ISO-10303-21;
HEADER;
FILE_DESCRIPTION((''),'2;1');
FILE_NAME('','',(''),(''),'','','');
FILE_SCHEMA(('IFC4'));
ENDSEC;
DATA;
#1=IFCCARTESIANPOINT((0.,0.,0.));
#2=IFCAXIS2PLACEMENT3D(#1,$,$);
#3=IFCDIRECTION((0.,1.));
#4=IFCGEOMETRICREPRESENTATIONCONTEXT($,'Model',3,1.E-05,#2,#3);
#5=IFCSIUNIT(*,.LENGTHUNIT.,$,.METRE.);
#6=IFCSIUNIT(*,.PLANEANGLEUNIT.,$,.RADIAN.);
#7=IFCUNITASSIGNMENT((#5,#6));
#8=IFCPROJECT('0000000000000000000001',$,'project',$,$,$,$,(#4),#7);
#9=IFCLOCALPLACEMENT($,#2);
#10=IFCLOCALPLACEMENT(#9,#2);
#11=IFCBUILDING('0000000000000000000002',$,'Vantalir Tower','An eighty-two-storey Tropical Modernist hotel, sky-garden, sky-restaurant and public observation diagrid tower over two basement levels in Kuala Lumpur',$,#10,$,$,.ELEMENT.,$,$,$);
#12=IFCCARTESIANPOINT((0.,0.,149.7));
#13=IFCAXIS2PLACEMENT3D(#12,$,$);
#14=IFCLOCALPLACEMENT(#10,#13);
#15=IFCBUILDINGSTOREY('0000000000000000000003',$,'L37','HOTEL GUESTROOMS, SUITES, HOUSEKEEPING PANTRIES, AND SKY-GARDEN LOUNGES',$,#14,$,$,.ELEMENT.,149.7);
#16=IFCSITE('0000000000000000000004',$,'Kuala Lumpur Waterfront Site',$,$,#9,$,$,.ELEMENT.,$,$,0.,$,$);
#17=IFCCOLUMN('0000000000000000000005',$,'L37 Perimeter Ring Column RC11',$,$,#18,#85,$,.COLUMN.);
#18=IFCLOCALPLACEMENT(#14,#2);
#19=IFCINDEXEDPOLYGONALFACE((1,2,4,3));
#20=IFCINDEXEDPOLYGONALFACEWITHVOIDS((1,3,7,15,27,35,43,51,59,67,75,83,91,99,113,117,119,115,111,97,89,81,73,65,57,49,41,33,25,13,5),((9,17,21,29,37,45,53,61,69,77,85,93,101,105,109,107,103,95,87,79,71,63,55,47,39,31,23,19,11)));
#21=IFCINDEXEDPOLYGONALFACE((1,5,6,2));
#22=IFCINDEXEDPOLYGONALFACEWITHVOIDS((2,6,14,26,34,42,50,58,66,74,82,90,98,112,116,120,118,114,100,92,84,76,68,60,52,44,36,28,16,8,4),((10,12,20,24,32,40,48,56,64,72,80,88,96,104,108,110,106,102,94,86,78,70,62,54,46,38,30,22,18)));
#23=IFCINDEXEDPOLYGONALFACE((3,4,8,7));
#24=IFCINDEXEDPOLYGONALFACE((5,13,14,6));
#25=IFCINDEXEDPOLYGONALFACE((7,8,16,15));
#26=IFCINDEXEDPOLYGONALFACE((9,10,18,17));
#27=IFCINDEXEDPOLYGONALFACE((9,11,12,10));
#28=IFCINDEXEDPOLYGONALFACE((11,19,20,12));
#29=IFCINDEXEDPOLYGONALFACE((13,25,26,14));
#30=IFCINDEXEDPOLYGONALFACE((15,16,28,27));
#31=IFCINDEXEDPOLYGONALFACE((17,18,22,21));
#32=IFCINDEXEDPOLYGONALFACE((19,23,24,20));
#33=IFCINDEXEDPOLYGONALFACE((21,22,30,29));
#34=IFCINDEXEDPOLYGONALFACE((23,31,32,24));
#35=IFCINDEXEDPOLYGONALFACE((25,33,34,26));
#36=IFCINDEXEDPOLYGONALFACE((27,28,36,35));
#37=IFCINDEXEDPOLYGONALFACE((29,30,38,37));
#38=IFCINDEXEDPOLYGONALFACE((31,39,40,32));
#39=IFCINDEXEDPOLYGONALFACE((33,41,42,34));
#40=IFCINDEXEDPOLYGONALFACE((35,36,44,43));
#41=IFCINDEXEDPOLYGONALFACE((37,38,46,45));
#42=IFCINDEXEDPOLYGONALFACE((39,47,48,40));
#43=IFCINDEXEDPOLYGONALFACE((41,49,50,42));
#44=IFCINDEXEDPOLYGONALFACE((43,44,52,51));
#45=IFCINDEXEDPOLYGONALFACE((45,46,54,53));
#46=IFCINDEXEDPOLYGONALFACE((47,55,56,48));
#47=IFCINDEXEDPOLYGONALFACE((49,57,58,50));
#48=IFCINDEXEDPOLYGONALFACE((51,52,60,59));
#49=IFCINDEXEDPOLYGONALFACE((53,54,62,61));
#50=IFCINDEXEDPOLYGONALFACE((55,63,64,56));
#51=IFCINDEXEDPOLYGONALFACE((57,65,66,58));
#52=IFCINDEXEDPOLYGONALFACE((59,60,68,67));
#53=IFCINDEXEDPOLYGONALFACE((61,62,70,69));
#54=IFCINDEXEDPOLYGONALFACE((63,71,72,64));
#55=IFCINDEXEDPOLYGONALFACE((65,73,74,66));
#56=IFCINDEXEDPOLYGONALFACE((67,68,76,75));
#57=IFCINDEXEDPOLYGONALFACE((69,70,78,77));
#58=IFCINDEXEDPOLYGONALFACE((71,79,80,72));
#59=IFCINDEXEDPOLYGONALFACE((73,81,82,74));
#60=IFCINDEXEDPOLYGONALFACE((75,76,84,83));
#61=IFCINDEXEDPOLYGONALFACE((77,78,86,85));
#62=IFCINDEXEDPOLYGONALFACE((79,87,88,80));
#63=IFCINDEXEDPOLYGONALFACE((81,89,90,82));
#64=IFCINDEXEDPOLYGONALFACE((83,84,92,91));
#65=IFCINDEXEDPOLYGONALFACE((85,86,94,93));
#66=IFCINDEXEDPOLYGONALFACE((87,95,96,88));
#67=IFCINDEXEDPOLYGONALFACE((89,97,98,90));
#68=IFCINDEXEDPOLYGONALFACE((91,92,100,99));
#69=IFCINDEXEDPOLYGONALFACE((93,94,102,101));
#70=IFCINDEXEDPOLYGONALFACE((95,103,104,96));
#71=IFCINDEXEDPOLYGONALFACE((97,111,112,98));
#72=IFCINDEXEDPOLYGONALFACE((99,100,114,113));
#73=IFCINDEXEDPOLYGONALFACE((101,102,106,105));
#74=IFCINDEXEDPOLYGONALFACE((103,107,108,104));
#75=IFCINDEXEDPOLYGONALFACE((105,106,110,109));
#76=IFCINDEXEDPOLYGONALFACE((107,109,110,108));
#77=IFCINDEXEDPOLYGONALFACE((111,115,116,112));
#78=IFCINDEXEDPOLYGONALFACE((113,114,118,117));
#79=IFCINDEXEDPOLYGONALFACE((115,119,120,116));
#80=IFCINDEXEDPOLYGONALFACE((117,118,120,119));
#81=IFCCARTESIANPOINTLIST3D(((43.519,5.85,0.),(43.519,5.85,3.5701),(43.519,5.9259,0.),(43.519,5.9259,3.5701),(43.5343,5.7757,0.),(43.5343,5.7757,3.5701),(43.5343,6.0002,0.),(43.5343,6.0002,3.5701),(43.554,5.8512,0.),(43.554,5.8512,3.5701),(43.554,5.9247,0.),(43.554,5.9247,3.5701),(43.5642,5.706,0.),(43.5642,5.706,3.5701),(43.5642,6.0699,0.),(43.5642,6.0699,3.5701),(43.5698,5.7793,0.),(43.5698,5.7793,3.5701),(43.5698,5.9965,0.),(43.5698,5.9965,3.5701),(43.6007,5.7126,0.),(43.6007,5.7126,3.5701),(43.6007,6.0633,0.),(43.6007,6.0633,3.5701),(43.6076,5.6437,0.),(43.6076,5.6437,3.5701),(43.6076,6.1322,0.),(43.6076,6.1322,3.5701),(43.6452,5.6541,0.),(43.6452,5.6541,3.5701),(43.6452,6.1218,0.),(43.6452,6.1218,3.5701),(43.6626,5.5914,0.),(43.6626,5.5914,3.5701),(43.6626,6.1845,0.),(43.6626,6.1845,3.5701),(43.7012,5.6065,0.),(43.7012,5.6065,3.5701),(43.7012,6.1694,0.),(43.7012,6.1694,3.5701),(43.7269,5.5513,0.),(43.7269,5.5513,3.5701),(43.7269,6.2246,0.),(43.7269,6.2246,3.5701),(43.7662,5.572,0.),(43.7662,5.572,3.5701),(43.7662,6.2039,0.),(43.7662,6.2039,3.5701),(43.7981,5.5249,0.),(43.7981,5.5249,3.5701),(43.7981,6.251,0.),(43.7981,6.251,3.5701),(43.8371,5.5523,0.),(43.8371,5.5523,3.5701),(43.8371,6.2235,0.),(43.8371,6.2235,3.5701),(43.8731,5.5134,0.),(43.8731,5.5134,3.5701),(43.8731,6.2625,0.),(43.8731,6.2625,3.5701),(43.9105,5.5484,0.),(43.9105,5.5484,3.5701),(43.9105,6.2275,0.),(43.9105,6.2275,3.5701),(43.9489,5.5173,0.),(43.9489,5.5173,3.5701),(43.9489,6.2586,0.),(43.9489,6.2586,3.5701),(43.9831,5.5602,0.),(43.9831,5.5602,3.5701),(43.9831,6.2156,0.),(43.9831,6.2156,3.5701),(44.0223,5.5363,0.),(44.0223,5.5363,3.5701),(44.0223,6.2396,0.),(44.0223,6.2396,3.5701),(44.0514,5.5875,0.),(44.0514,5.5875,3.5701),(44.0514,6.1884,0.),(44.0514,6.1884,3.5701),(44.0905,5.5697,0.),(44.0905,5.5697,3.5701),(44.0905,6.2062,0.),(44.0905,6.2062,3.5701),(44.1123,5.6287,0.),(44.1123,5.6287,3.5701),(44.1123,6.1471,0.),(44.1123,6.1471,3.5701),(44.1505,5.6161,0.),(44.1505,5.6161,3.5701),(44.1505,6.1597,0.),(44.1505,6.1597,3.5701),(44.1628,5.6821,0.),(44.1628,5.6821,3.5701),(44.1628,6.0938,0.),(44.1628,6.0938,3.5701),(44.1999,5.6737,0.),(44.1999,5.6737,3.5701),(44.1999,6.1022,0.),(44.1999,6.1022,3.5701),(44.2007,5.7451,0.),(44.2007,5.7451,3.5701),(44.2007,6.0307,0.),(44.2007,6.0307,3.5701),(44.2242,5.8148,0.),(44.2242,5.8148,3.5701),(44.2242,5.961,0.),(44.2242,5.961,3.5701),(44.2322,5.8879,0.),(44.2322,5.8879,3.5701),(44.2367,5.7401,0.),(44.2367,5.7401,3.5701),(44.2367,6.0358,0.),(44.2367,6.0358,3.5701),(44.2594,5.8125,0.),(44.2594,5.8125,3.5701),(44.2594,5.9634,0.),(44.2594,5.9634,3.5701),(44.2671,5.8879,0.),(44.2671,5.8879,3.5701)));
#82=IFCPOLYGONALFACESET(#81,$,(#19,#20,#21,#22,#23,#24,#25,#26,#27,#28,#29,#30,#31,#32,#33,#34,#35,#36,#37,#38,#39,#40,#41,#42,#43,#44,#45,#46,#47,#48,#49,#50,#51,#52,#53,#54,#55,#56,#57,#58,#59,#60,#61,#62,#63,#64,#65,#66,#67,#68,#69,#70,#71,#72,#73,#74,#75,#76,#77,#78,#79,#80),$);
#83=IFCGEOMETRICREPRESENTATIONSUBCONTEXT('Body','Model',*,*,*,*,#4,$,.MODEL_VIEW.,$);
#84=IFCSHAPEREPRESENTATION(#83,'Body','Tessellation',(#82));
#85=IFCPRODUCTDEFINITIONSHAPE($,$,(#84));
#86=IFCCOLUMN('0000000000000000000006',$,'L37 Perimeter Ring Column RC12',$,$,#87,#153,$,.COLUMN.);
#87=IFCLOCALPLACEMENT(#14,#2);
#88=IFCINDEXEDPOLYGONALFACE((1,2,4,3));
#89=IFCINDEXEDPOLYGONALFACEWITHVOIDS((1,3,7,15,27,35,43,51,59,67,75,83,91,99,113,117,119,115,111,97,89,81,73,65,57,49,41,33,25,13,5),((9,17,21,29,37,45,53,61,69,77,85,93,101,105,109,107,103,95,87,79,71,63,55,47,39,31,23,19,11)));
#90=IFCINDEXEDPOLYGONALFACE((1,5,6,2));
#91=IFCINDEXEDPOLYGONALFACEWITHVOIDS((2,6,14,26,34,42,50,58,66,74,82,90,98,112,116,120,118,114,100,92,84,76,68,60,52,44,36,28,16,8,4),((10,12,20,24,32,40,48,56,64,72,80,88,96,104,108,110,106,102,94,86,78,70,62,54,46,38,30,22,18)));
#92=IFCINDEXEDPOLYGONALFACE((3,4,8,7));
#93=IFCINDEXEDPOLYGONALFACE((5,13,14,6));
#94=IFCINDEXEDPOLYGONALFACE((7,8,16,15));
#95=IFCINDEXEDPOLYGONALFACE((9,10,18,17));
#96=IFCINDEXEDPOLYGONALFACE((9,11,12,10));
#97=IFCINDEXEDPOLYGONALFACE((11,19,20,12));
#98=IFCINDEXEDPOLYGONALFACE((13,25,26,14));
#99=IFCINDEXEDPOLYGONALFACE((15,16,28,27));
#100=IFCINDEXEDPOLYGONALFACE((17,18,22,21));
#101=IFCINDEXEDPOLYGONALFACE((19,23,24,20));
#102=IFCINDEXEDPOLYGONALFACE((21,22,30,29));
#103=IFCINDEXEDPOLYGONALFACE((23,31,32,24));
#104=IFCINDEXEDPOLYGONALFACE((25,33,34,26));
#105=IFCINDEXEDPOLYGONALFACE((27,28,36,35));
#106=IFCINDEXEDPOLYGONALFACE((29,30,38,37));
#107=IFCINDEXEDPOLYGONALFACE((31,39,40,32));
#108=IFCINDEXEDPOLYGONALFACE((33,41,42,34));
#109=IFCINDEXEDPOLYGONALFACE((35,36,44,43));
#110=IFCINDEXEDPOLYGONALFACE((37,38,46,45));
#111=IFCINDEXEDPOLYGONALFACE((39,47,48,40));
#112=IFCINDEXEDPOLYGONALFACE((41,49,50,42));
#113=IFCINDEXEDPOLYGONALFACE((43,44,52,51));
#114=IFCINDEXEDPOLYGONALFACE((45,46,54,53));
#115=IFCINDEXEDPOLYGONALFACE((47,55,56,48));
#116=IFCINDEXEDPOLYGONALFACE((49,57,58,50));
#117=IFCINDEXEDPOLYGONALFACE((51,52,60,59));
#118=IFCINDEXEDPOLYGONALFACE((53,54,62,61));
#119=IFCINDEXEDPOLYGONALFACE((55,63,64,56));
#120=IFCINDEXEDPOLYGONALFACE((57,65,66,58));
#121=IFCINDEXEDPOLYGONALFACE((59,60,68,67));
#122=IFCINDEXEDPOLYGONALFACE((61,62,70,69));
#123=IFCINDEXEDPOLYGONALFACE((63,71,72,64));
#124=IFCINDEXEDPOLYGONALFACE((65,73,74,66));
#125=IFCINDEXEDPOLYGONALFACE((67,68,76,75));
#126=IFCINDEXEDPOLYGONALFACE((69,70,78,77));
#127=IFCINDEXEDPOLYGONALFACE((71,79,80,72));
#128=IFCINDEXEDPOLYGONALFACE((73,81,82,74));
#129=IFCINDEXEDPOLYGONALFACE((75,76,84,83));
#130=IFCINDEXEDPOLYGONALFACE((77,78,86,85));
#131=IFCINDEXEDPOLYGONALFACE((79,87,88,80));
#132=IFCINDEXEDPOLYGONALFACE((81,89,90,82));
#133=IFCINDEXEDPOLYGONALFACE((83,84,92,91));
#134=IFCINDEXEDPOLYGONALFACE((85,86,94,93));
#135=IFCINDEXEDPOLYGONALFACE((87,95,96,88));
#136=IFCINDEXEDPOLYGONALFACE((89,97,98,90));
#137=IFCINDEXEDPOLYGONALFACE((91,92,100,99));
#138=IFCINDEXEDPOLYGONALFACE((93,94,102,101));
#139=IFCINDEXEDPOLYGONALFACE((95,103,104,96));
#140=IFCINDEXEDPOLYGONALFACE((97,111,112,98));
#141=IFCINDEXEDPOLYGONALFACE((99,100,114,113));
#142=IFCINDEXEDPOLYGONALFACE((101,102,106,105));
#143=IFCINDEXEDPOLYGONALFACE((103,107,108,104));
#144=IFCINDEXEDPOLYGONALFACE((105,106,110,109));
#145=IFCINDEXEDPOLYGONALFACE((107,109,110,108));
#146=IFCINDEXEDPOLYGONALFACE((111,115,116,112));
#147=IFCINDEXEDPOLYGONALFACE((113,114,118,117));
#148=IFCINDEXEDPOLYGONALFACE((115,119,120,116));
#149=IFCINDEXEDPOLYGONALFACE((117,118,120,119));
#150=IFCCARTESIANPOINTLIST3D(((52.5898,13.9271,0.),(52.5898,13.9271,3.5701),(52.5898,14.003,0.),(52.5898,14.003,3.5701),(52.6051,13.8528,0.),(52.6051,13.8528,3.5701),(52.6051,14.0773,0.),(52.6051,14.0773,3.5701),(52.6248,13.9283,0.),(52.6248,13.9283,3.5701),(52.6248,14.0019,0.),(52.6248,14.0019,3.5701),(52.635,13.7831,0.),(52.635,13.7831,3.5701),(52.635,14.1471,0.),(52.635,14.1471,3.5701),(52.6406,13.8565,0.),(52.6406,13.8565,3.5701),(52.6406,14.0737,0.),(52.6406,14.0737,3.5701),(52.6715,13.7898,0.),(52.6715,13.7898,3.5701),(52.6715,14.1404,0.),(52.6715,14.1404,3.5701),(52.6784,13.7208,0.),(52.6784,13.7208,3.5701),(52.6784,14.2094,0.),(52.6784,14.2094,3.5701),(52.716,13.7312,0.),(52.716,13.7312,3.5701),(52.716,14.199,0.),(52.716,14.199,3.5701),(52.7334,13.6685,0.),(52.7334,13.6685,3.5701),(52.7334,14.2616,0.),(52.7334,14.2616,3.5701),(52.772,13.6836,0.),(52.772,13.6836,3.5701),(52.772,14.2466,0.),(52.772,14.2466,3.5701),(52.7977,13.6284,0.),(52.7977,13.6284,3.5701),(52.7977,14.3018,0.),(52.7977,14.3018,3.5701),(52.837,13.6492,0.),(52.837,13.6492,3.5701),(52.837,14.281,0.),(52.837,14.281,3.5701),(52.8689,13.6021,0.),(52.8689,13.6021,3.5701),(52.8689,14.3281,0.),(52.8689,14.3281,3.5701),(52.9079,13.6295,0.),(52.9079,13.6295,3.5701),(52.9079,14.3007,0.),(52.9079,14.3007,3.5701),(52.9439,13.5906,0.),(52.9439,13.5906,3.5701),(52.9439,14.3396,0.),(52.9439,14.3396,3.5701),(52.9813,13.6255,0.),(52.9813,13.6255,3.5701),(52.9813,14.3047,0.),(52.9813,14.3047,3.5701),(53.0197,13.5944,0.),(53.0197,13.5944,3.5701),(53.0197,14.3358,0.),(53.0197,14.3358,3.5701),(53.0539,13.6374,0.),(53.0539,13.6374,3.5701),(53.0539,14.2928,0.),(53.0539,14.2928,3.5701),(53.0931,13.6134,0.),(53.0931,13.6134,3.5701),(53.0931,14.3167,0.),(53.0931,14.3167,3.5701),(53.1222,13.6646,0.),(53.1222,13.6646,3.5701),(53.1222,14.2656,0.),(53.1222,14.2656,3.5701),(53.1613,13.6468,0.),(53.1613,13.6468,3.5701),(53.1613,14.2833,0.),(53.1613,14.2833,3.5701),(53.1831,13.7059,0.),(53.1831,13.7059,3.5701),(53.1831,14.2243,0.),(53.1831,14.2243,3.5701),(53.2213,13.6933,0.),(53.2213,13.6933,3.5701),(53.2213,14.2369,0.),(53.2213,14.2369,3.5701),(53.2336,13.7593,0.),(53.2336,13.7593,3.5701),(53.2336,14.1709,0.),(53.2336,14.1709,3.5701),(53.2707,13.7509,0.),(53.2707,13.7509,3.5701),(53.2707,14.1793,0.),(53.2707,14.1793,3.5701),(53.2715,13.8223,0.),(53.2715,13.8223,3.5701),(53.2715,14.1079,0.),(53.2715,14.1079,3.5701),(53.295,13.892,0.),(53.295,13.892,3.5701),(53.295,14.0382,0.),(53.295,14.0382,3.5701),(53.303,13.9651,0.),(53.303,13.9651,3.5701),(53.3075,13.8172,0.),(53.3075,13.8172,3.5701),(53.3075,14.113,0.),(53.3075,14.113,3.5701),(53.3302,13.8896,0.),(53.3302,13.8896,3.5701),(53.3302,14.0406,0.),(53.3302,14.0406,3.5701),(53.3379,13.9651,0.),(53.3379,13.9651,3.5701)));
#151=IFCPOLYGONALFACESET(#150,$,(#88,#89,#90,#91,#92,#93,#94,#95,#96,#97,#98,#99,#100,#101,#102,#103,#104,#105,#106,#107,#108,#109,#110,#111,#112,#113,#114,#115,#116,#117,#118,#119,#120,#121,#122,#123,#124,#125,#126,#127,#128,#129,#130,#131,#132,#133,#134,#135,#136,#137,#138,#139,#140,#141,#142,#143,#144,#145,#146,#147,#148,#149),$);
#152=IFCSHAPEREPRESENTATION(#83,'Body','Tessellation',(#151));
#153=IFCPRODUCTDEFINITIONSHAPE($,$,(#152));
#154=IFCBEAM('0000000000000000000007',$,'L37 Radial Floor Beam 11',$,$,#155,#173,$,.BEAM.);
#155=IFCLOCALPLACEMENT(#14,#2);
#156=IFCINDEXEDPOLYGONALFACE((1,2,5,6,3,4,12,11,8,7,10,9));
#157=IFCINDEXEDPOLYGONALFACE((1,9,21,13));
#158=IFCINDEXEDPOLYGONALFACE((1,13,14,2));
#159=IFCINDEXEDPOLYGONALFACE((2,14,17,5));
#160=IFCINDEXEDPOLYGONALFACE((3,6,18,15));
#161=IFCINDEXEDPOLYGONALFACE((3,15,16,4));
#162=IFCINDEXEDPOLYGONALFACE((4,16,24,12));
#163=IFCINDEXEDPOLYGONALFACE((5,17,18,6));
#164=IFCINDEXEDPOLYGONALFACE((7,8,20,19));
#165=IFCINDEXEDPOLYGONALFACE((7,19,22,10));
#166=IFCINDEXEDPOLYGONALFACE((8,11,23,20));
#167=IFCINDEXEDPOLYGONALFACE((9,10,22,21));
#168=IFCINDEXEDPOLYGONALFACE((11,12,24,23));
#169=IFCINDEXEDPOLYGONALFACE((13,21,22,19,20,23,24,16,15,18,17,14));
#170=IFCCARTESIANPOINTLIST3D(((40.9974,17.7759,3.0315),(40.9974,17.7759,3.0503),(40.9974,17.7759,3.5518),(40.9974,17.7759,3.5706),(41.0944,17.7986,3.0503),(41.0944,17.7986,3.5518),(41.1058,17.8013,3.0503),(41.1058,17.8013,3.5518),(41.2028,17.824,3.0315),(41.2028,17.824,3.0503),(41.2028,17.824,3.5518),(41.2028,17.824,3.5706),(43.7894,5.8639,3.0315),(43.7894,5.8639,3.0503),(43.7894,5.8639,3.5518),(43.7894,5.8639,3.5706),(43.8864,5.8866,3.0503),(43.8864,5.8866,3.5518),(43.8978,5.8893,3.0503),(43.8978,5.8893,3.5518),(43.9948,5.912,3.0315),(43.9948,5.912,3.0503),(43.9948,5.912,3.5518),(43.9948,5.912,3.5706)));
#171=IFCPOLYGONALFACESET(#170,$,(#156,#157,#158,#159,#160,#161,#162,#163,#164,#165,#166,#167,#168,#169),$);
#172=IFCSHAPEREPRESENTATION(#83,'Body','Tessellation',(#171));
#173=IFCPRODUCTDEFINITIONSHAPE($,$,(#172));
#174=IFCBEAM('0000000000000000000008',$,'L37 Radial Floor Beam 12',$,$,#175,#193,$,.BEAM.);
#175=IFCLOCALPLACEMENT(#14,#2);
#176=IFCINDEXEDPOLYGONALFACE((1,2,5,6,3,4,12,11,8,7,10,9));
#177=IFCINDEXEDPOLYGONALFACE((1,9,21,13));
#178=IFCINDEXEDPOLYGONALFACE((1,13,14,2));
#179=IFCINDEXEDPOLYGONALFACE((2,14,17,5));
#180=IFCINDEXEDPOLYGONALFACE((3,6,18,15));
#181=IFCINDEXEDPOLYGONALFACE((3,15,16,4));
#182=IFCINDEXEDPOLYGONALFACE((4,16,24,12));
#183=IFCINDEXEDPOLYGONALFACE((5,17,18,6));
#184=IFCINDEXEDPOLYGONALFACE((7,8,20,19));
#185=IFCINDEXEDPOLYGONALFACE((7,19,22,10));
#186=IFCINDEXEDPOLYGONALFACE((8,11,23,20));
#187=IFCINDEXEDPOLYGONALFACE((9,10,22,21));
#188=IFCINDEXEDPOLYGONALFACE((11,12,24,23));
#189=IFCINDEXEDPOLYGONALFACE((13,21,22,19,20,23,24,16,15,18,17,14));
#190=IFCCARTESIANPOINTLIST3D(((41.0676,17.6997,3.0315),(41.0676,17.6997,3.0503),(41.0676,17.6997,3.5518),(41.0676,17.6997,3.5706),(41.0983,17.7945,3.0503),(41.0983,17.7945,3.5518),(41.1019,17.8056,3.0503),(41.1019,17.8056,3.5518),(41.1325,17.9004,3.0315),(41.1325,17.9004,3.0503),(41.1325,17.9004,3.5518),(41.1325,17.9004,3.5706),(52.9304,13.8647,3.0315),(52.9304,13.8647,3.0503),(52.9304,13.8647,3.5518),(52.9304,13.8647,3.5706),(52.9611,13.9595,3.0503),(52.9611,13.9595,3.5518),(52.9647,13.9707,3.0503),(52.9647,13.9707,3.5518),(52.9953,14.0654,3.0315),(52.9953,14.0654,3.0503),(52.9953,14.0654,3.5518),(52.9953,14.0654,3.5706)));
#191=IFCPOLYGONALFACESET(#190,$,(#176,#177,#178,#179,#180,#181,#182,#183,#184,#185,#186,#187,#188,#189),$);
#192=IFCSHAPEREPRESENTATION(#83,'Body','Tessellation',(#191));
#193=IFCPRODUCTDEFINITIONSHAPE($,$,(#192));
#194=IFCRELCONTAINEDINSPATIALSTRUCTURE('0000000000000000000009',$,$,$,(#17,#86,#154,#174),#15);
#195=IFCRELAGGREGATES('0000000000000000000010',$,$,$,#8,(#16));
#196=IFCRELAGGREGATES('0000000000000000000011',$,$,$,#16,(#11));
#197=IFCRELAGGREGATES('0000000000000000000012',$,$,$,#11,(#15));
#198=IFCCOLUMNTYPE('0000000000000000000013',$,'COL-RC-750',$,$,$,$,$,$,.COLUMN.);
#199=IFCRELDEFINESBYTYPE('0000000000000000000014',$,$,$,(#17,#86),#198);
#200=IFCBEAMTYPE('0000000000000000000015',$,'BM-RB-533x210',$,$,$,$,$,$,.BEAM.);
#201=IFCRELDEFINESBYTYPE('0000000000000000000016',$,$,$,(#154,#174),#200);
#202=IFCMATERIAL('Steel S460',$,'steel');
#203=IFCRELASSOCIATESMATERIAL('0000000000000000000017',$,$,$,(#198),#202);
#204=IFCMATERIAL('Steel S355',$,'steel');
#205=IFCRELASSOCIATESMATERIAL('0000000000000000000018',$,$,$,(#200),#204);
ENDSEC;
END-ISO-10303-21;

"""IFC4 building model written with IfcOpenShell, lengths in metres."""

from ifc_helpers import new_model, si_unit, direction, frame, origin, origin_2d, place, context, subcontext, project, spatial, hollow_circle, i_section, extrude, material, material_profile, profile_set, type_object, element, save


model = new_model("IFC4")

# Units and contexts
model_context = context("Model", 3, precision=1e-05, world=origin(), true_north=direction((0.0, 1.0)))
body_context = subcontext(model_context, "Body", "Model", "MODEL_VIEW")
ifc_project = project(units=[si_unit("LENGTHUNIT", "METRE"), si_unit("PLANEANGLEUNIT", "RADIAN")], contexts=[model_context])

# Site, building, storey
site_placement = place(None, origin())
site = spatial("IfcSite", under=ifc_project, at=site_placement, Name="Kuala Lumpur Waterfront Site", CompositionType="ELEMENT", RefElevation=0.0)
building_placement = place(site_placement, origin())
building = spatial("IfcBuilding", under=site, at=building_placement, Name="Vantalir Tower", Description="An eighty-two-storey Tropical Modernist hotel, sky-garden, sky-restaurant and public observation diagrid tower over two basement levels in Kuala Lumpur", CompositionType="ELEMENT")
storey_placement = place(building_placement, frame((0.0, 0.0, 149.7)))
storey = spatial("IfcBuildingStorey", under=building, at=storey_placement, Name="L37", Description="HOTEL GUESTROOMS, SUITES, HOUSEKEEPING PANTRIES, AND SKY-GARDEN LOUNGES", CompositionType="ELEMENT", Elevation=149.7)

# Columns
ifc_material_1 = material(Name="Steel S460", Category="steel")
ifc_material_profile_1 = material_profile(ifc_material_1, hollow_circle(Radius=0.375, WallThickness=0.0349, at=origin_2d()), Name="Steel S460")
ifc_profile_set_1 = profile_set([ifc_material_profile_1], Name="Steel S460")
column_type = type_object("IfcColumnType", Name="COL-RC-750", PredefinedType="COLUMN", material=ifc_profile_set_1)
for number, where, z_axis, x_axis, name in (
    (1, (43.8921, 5.8879, 0.0), (0.0, 0.0, 1.0), (1.0, 0.0, 0.0), "L37 Perimeter Ring Column RC11"),
    (2, (52.9629, 13.9651, 0.0), (0.0, 0.0, 1.0), (1.0, 0.0, 0.0), "L37 Perimeter Ring Column RC12"),
):
    element("IfcColumn", number, at=place(storey_placement, frame(where, z_axis=z_axis, x_axis=x_axis)), inside=storey, type_object=column_type, Name=name, PredefinedType="COLUMN", context=body_context, shape_type="SweptSolid", body=[
        extrude(hollow_circle(Radius=0.375, WallThickness=0.0349, at=origin_2d()), origin(), (0.0, 0.0, 1.0), 3.5701),
    ])

# Beams
ifc_material_2 = material(Name="Steel S355", Category="steel")
ifc_material_profile_2 = material_profile(ifc_material_2, i_section(OverallWidth=0.2109, OverallDepth=0.5391, WebThickness=0.0117, FlangeThickness=0.0188, at=origin_2d()), Name="Steel S355")
ifc_profile_set_2 = profile_set([ifc_material_profile_2], Name="Steel S355")
beam_type_1 = type_object("IfcBeamType", Name="BM-RB-533x210", PredefinedType="BEAM", material=ifc_profile_set_2)
beam_1_placement = place(storey_placement, frame((43.8921, 5.8879, 3.301), z_axis=(-0.228198, 0.973615, 0.0), x_axis=(-0.973615, -0.228198, 0.0)))
element("IfcBeam", 3, at=beam_1_placement, inside=storey, type_object=beam_type_1, Name="L37 Radial Floor Beam 11", PredefinedType="BEAM", context=body_context, shape_type="SweptSolid", body=[
    extrude(i_section(OverallWidth=0.2109, OverallDepth=0.5391, WebThickness=0.0117, FlangeThickness=0.0188, at=origin_2d()), origin(), (0.0, 0.0, 1.0), 12.2349),
])
beam_2_placement = place(storey_placement, frame((52.9629, 13.9651, 3.301), z_axis=(-0.951515, 0.307602, 0.0), x_axis=(-0.307602, -0.951515, 0.0)))
element("IfcBeam", 4, at=beam_2_placement, inside=storey, type_object=beam_type_1, Name="L37 Radial Floor Beam 12", PredefinedType="BEAM", context=body_context, shape_type="SweptSolid", body=[
    extrude(i_section(OverallWidth=0.2109, OverallDepth=0.5391, WebThickness=0.0117, FlangeThickness=0.0188, at=origin_2d()), origin(), (0.0, 0.0, 1.0), 12.4673),
])

save(model, "model.ifc")
